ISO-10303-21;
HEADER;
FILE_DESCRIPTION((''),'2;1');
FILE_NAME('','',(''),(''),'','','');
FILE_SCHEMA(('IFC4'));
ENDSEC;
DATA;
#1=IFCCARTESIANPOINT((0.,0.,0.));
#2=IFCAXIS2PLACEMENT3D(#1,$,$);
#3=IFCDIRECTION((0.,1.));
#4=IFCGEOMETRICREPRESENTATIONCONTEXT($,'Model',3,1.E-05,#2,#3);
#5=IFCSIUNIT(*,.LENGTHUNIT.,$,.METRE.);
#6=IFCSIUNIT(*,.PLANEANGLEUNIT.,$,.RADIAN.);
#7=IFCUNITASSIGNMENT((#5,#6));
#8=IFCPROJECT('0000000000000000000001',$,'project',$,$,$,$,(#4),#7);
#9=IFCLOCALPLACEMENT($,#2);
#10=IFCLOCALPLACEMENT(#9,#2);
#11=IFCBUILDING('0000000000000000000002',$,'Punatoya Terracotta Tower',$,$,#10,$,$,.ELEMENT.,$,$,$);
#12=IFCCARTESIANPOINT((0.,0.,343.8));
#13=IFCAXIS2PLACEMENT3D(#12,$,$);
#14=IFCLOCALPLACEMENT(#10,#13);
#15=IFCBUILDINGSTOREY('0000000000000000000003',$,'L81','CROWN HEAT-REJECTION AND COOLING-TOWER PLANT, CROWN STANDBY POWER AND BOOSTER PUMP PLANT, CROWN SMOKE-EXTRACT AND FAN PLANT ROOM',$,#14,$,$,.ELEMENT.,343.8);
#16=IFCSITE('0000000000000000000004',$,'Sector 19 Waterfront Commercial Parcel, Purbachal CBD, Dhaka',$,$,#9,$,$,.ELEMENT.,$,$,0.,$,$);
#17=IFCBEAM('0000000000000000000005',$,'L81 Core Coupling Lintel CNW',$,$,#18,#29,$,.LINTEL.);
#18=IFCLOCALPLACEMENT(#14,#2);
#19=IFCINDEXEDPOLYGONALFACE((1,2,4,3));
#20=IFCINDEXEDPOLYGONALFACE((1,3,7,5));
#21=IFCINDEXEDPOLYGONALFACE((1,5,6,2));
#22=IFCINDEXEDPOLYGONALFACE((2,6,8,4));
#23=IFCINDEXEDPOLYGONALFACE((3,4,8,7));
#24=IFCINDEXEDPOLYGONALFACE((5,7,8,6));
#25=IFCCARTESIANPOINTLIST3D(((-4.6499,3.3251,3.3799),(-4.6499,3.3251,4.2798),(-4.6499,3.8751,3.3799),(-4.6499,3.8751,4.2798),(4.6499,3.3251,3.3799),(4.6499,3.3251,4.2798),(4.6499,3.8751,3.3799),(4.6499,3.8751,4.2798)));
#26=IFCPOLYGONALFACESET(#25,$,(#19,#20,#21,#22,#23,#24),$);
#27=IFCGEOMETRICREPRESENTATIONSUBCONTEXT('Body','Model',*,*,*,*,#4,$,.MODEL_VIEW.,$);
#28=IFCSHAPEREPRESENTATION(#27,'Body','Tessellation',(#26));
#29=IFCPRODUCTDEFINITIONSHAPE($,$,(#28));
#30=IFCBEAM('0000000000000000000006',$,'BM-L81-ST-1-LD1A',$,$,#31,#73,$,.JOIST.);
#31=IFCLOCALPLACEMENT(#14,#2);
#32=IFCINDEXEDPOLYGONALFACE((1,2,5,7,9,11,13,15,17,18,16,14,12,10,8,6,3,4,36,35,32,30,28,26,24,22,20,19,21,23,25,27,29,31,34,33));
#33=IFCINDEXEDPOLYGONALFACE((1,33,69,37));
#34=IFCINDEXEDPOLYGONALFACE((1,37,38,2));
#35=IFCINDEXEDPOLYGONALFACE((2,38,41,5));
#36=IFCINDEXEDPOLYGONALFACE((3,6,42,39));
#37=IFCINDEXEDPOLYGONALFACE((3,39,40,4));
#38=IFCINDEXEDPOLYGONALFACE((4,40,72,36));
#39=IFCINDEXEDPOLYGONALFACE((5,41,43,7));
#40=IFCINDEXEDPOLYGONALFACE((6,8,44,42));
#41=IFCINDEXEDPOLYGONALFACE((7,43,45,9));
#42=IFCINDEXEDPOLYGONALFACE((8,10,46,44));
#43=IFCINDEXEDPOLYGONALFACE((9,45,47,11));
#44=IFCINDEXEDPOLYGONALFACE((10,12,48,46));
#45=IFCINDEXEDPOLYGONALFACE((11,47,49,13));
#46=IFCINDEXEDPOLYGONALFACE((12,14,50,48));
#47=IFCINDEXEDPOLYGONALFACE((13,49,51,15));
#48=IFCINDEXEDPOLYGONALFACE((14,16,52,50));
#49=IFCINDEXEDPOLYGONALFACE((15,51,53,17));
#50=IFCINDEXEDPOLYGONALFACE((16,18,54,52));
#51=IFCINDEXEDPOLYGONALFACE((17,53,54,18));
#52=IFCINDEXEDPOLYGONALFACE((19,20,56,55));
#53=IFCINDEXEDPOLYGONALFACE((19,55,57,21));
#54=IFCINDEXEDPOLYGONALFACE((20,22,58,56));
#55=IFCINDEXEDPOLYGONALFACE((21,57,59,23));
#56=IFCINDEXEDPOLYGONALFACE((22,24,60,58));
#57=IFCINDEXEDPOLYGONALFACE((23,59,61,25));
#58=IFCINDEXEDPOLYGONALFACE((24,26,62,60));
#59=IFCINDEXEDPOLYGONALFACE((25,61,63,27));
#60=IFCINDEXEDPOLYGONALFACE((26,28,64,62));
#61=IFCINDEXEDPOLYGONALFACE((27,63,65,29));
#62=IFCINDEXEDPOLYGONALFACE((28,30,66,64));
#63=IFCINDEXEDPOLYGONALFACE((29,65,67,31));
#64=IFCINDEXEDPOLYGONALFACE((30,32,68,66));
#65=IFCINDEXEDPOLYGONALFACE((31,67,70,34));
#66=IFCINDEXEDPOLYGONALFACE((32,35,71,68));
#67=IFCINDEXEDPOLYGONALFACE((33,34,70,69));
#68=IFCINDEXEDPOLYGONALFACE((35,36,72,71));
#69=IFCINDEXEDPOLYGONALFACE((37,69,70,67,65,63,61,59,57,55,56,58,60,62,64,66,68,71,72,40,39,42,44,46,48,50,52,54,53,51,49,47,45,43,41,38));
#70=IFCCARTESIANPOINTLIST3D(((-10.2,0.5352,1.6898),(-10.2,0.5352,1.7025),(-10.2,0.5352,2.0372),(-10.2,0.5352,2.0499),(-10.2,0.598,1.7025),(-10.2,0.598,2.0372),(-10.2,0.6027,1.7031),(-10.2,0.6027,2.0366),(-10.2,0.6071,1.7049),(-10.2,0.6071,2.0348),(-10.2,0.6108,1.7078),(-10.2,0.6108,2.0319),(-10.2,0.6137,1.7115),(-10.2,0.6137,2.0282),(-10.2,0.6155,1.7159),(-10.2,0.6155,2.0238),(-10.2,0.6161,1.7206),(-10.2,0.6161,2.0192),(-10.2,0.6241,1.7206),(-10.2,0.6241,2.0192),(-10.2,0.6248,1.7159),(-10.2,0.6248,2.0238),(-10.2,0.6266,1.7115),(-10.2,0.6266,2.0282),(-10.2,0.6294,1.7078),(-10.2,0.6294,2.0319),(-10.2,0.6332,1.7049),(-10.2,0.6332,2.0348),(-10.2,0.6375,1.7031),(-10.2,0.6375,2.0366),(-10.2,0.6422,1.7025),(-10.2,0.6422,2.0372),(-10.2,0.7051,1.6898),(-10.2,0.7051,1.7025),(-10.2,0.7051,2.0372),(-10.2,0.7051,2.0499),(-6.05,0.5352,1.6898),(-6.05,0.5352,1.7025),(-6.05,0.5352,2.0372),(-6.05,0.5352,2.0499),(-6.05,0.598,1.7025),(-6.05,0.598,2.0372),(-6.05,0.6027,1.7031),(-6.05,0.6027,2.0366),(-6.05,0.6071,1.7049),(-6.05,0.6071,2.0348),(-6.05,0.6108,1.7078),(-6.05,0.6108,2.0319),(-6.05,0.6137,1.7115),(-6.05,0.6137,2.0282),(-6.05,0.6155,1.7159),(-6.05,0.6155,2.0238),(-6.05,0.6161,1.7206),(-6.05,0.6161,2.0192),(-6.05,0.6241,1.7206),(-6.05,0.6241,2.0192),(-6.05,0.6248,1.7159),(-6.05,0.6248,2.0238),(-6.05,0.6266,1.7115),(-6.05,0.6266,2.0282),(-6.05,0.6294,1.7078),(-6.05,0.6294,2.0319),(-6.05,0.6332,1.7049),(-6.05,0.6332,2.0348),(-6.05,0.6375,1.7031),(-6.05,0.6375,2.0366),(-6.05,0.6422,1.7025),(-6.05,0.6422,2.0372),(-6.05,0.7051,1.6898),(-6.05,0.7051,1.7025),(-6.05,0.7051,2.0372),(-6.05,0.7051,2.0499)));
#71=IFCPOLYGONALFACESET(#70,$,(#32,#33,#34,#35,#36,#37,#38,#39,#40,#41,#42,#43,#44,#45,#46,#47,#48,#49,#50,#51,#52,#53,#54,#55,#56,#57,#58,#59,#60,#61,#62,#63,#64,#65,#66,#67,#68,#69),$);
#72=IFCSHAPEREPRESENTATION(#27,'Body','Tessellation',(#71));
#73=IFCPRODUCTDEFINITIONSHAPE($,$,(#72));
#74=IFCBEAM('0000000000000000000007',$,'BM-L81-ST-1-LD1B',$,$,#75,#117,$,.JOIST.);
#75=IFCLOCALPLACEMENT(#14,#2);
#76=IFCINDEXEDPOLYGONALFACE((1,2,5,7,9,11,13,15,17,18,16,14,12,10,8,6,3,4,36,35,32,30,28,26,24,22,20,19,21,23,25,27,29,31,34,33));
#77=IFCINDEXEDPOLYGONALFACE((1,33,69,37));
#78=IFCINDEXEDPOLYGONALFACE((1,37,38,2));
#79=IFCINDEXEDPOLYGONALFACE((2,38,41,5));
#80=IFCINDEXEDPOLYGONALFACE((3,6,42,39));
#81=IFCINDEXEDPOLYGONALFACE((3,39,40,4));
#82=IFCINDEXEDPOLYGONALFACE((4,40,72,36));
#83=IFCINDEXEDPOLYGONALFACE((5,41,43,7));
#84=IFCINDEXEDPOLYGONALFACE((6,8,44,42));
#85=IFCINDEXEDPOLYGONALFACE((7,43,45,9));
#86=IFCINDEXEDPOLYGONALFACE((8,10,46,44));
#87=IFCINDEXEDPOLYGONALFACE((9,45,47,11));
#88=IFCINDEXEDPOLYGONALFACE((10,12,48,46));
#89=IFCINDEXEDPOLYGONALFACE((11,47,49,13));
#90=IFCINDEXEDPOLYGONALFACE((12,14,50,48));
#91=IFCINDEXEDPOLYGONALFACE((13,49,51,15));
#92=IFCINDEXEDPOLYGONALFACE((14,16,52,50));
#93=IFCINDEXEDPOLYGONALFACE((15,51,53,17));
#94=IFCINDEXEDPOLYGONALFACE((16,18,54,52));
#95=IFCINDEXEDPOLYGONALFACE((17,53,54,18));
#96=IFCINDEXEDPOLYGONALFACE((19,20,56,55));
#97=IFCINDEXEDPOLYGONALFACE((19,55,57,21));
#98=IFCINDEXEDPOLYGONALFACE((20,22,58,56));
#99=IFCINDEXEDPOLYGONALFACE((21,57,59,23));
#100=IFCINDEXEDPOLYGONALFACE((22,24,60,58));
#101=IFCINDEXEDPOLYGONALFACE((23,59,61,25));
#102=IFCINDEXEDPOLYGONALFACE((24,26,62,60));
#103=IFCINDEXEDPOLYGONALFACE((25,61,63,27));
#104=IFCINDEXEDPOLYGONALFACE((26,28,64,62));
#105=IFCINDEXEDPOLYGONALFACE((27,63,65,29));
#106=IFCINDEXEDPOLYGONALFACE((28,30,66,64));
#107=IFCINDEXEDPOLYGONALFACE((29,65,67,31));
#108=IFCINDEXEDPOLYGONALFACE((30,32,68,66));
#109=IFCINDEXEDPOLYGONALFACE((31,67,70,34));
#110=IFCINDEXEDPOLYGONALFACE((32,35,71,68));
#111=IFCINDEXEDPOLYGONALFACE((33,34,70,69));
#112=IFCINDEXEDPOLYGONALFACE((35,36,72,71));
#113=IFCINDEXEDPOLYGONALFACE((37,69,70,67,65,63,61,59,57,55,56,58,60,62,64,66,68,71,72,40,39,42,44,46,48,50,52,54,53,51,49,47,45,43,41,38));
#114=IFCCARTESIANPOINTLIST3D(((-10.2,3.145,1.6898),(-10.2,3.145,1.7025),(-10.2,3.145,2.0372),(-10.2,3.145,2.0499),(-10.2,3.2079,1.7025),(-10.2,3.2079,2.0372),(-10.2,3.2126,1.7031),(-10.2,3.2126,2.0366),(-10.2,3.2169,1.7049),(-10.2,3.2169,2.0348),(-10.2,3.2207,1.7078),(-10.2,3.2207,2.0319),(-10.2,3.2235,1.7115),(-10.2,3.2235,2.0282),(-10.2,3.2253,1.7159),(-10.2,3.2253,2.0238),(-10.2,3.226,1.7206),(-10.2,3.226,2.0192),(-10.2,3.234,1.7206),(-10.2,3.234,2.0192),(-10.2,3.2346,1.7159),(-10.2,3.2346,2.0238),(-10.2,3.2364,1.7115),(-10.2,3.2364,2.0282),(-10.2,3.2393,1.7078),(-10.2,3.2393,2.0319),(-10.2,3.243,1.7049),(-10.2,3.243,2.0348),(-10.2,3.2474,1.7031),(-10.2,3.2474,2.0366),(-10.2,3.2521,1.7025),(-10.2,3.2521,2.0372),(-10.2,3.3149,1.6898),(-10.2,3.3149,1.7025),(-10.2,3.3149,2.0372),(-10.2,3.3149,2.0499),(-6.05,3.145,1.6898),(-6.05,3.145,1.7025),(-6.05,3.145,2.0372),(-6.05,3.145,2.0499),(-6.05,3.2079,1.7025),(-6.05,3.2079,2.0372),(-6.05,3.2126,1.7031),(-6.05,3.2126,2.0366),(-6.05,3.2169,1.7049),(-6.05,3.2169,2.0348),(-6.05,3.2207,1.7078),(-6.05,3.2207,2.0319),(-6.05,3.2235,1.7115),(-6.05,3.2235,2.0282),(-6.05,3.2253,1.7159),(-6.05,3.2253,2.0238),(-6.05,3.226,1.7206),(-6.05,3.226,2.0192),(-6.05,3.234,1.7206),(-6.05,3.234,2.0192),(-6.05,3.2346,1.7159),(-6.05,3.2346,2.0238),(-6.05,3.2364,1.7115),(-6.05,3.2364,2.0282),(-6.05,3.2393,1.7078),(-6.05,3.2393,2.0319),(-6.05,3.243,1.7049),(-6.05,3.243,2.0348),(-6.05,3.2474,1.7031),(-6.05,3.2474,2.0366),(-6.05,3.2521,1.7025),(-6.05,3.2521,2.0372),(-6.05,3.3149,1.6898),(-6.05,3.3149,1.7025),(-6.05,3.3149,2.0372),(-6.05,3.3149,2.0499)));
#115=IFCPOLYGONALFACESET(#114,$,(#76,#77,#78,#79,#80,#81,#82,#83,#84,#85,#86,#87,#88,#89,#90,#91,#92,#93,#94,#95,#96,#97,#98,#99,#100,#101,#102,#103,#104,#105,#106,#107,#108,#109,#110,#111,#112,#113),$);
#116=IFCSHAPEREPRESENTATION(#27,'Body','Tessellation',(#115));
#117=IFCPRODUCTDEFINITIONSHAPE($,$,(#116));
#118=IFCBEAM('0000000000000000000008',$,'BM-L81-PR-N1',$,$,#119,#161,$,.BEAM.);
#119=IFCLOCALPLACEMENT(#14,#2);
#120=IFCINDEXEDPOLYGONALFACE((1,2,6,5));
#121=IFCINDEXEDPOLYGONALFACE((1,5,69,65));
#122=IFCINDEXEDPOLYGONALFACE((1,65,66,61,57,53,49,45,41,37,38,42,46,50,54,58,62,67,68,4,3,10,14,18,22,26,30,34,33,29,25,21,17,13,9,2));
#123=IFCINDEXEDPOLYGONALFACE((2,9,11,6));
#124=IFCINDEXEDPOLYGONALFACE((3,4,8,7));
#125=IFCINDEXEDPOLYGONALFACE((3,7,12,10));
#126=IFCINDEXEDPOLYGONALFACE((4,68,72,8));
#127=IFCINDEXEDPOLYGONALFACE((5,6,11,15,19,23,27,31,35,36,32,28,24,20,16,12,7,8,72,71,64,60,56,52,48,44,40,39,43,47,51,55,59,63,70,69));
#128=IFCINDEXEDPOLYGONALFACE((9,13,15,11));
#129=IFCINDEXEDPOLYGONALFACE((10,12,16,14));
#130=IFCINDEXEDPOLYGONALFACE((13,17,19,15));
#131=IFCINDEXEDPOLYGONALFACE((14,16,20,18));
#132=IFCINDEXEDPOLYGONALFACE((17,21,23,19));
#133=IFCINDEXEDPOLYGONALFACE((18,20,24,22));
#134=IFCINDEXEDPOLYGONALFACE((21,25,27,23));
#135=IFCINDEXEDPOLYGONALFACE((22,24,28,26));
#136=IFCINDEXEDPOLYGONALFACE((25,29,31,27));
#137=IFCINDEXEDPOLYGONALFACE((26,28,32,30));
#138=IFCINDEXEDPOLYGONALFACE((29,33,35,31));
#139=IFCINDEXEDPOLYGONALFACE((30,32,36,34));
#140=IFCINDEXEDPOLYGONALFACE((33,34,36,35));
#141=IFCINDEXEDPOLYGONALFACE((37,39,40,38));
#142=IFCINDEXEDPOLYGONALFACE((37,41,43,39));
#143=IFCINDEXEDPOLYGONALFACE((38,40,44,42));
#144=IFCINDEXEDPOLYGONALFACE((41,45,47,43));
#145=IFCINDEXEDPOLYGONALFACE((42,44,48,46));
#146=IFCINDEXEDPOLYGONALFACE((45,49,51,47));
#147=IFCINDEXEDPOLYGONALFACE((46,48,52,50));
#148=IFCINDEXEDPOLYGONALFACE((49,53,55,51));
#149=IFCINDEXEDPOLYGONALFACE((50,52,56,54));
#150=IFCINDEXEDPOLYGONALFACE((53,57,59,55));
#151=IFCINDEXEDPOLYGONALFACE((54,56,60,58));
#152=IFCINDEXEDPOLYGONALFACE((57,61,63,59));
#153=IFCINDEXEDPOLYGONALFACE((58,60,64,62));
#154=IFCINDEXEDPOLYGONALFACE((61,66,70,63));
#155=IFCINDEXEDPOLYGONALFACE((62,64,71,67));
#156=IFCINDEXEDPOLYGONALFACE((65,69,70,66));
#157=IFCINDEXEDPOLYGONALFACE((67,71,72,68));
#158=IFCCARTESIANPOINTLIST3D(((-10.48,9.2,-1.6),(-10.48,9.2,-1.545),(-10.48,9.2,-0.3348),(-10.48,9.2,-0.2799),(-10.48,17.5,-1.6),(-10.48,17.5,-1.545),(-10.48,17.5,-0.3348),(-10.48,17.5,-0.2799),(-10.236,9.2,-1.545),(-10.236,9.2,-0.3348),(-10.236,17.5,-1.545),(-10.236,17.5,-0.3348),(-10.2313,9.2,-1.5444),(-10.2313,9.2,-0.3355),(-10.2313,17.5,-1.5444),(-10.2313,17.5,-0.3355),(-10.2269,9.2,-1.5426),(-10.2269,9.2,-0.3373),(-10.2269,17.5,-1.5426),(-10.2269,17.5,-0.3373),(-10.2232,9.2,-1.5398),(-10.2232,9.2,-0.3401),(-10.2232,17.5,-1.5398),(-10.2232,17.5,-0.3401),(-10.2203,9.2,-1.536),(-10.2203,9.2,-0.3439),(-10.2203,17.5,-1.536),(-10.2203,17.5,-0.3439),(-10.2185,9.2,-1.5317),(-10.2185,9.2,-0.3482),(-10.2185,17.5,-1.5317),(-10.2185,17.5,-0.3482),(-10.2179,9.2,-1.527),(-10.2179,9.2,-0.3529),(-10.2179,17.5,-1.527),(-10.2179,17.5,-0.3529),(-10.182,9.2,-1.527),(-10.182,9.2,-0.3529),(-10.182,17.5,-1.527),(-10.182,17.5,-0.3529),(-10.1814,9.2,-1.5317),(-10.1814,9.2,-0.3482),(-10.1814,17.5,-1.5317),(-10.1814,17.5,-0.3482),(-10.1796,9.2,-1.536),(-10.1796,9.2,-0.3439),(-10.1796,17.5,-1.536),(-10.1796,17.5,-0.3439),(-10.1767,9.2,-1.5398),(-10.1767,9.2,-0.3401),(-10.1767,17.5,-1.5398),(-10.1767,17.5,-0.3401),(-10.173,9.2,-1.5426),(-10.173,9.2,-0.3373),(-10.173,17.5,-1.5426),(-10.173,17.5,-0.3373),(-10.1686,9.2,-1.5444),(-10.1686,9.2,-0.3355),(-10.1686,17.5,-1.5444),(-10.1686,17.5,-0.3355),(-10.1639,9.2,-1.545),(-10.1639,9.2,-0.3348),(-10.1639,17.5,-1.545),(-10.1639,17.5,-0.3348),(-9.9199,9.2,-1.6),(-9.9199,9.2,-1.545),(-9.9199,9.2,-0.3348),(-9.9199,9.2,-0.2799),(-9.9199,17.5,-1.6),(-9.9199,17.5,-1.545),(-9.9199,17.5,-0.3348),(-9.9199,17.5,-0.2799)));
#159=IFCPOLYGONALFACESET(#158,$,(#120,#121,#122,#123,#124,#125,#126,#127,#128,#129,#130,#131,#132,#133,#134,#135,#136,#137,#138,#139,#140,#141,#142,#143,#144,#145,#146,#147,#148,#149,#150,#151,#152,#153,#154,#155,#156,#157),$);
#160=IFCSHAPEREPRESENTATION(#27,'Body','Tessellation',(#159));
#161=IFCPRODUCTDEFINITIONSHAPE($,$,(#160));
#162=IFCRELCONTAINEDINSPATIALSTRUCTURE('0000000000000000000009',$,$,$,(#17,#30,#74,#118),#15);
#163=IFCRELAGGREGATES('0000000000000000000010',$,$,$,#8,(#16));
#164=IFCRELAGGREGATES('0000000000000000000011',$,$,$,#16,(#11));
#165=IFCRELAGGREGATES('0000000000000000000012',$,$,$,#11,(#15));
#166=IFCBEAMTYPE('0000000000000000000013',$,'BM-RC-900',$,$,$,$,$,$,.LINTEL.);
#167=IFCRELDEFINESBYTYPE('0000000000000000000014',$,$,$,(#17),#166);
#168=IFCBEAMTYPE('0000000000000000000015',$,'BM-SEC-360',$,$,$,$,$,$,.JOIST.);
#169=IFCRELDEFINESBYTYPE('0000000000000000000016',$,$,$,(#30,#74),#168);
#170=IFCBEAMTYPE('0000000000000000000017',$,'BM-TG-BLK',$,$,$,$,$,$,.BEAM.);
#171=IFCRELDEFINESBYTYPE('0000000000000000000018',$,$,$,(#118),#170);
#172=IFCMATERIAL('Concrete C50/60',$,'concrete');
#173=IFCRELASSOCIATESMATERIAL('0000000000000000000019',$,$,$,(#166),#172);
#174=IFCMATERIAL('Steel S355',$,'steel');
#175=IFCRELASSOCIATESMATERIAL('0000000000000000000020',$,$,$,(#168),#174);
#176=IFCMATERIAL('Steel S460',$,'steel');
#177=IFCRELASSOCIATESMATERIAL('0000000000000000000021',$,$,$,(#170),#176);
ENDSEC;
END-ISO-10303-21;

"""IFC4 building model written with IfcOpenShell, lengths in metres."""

from ifc_helpers import new_model, si_unit, direction, frame, origin, origin_2d, place, context, subcontext, project, spatial, rectangle, i_section, extrude, material, material_profile, profile_set, type_object, element, save


model = new_model("IFC4")

# Units and contexts
model_context = context("Model", 3, precision=1e-05, world=origin(), true_north=direction((0.0, 1.0)))
body_context = subcontext(model_context, "Body", "Model", "MODEL_VIEW")
ifc_project = project(units=[si_unit("LENGTHUNIT", "METRE"), si_unit("PLANEANGLEUNIT", "RADIAN")], contexts=[model_context])

# Site, building, storey
site_placement = place(None, origin())
site = spatial("IfcSite", under=ifc_project, at=site_placement, Name="Sector 19 Waterfront Commercial Parcel, Purbachal CBD, Dhaka", CompositionType="ELEMENT", RefElevation=0.0)
building_placement = place(site_placement, origin())
building = spatial("IfcBuilding", under=site, at=building_placement, Name="Punatoya Terracotta Tower", CompositionType="ELEMENT")
storey_placement = place(building_placement, frame((0.0, 0.0, 343.8)))
storey = spatial("IfcBuildingStorey", under=building, at=storey_placement, Name="L81", Description="CROWN HEAT-REJECTION AND COOLING-TOWER PLANT, CROWN STANDBY POWER AND BOOSTER PUMP PLANT, CROWN SMOKE-EXTRACT AND FAN PLANT ROOM", CompositionType="ELEMENT", Elevation=343.8)

# Beams
ifc_material_1 = material(Name="Concrete C50/60", Category="concrete")
ifc_material_profile_1 = material_profile(ifc_material_1, rectangle(XDim=0.55, YDim=0.8999, at=origin_2d()))
ifc_profile_set_1 = profile_set([ifc_material_profile_1], Name="Concrete C50/60")
beam_type_1 = type_object("IfcBeamType", Name="BM-RC-900", PredefinedType="LINTEL", material=ifc_profile_set_1)
beam_placement = place(storey_placement, frame((-4.6499, 3.6001, 3.8298), z_axis=(1.0, 0.0, 0.0), x_axis=(0.0, 1.0, 0.0)))
element("IfcBeam", 1, at=beam_placement, inside=storey, type_object=beam_type_1, Name="L81 Core Coupling Lintel CNW", PredefinedType="LINTEL", context=body_context, shape_type="SweptSolid", body=[
    extrude(rectangle(XDim=0.55, YDim=0.8999, at=origin_2d()), origin(), (0.0, 0.0, 1.0), 9.2998),
])
ifc_material_2 = material(Name="Steel S355", Category="steel")
ifc_material_profile_2 = material_profile(ifc_material_2, i_section(OverallWidth=0.1699, OverallDepth=0.3601, WebThickness=0.0081, FlangeThickness=0.0127, FilletRadius=0.0181, at=origin_2d()))
ifc_profile_set_2 = profile_set([ifc_material_profile_2], Name="Steel S355")
beam_type_2 = type_object("IfcBeamType", Name="BM-SEC-360", PredefinedType="JOIST", material=ifc_profile_set_2)
for number, where, z_axis, x_axis, name in (
    (2, (-10.2, 0.6201, 1.8699), (1.0, 0.0, 0.0), (0.0, 1.0, 0.0), "BM-L81-ST-1-LD1A"),
    (3, (-10.2, 3.23, 1.8699), (1.0, 0.0, 0.0), (0.0, 1.0, 0.0), "BM-L81-ST-1-LD1B"),
):
    element("IfcBeam", number, at=place(storey_placement, frame(where, z_axis=z_axis, x_axis=x_axis)), inside=storey, type_object=beam_type_2, Name=name, PredefinedType="JOIST", context=body_context, shape_type="SweptSolid", body=[
        extrude(i_section(OverallWidth=0.1699, OverallDepth=0.3601, WebThickness=0.0081, FlangeThickness=0.0127, FilletRadius=0.0181, at=origin_2d()), origin(), (0.0, 0.0, 1.0), 4.1499),
    ])
ifc_material_3 = material(Name="Steel S460", Category="steel")
ifc_material_profile_3 = material_profile(ifc_material_3, i_section(OverallWidth=0.5601, OverallDepth=1.3201, WebThickness=0.0359, FlangeThickness=0.0549, FilletRadius=0.0181, at=origin_2d()))
ifc_profile_set_3 = profile_set([ifc_material_profile_3], Name="Steel S460")
beam_type_3 = type_object("IfcBeamType", Name="BM-TG-BLK", PredefinedType="BEAM", material=ifc_profile_set_3)
for number, where, z_axis, x_axis, name in (
    (4, (-10.2, 9.2, -0.9399), (0.0, 1.0, 0.0), (-1.0, 0.0, 0.0), "BM-L81-PR-N1"),
):
    element("IfcBeam", number, at=place(storey_placement, frame(where, z_axis=z_axis, x_axis=x_axis)), inside=storey, type_object=beam_type_3, Name=name, PredefinedType="BEAM", context=body_context, shape_type="SweptSolid", body=[
        extrude(i_section(OverallWidth=0.5601, OverallDepth=1.3201, WebThickness=0.0359, FlangeThickness=0.0549, FilletRadius=0.0181, at=origin_2d()), origin(), (0.0, 0.0, 1.0), 8.3),
    ])

save(model, "model.ifc")
